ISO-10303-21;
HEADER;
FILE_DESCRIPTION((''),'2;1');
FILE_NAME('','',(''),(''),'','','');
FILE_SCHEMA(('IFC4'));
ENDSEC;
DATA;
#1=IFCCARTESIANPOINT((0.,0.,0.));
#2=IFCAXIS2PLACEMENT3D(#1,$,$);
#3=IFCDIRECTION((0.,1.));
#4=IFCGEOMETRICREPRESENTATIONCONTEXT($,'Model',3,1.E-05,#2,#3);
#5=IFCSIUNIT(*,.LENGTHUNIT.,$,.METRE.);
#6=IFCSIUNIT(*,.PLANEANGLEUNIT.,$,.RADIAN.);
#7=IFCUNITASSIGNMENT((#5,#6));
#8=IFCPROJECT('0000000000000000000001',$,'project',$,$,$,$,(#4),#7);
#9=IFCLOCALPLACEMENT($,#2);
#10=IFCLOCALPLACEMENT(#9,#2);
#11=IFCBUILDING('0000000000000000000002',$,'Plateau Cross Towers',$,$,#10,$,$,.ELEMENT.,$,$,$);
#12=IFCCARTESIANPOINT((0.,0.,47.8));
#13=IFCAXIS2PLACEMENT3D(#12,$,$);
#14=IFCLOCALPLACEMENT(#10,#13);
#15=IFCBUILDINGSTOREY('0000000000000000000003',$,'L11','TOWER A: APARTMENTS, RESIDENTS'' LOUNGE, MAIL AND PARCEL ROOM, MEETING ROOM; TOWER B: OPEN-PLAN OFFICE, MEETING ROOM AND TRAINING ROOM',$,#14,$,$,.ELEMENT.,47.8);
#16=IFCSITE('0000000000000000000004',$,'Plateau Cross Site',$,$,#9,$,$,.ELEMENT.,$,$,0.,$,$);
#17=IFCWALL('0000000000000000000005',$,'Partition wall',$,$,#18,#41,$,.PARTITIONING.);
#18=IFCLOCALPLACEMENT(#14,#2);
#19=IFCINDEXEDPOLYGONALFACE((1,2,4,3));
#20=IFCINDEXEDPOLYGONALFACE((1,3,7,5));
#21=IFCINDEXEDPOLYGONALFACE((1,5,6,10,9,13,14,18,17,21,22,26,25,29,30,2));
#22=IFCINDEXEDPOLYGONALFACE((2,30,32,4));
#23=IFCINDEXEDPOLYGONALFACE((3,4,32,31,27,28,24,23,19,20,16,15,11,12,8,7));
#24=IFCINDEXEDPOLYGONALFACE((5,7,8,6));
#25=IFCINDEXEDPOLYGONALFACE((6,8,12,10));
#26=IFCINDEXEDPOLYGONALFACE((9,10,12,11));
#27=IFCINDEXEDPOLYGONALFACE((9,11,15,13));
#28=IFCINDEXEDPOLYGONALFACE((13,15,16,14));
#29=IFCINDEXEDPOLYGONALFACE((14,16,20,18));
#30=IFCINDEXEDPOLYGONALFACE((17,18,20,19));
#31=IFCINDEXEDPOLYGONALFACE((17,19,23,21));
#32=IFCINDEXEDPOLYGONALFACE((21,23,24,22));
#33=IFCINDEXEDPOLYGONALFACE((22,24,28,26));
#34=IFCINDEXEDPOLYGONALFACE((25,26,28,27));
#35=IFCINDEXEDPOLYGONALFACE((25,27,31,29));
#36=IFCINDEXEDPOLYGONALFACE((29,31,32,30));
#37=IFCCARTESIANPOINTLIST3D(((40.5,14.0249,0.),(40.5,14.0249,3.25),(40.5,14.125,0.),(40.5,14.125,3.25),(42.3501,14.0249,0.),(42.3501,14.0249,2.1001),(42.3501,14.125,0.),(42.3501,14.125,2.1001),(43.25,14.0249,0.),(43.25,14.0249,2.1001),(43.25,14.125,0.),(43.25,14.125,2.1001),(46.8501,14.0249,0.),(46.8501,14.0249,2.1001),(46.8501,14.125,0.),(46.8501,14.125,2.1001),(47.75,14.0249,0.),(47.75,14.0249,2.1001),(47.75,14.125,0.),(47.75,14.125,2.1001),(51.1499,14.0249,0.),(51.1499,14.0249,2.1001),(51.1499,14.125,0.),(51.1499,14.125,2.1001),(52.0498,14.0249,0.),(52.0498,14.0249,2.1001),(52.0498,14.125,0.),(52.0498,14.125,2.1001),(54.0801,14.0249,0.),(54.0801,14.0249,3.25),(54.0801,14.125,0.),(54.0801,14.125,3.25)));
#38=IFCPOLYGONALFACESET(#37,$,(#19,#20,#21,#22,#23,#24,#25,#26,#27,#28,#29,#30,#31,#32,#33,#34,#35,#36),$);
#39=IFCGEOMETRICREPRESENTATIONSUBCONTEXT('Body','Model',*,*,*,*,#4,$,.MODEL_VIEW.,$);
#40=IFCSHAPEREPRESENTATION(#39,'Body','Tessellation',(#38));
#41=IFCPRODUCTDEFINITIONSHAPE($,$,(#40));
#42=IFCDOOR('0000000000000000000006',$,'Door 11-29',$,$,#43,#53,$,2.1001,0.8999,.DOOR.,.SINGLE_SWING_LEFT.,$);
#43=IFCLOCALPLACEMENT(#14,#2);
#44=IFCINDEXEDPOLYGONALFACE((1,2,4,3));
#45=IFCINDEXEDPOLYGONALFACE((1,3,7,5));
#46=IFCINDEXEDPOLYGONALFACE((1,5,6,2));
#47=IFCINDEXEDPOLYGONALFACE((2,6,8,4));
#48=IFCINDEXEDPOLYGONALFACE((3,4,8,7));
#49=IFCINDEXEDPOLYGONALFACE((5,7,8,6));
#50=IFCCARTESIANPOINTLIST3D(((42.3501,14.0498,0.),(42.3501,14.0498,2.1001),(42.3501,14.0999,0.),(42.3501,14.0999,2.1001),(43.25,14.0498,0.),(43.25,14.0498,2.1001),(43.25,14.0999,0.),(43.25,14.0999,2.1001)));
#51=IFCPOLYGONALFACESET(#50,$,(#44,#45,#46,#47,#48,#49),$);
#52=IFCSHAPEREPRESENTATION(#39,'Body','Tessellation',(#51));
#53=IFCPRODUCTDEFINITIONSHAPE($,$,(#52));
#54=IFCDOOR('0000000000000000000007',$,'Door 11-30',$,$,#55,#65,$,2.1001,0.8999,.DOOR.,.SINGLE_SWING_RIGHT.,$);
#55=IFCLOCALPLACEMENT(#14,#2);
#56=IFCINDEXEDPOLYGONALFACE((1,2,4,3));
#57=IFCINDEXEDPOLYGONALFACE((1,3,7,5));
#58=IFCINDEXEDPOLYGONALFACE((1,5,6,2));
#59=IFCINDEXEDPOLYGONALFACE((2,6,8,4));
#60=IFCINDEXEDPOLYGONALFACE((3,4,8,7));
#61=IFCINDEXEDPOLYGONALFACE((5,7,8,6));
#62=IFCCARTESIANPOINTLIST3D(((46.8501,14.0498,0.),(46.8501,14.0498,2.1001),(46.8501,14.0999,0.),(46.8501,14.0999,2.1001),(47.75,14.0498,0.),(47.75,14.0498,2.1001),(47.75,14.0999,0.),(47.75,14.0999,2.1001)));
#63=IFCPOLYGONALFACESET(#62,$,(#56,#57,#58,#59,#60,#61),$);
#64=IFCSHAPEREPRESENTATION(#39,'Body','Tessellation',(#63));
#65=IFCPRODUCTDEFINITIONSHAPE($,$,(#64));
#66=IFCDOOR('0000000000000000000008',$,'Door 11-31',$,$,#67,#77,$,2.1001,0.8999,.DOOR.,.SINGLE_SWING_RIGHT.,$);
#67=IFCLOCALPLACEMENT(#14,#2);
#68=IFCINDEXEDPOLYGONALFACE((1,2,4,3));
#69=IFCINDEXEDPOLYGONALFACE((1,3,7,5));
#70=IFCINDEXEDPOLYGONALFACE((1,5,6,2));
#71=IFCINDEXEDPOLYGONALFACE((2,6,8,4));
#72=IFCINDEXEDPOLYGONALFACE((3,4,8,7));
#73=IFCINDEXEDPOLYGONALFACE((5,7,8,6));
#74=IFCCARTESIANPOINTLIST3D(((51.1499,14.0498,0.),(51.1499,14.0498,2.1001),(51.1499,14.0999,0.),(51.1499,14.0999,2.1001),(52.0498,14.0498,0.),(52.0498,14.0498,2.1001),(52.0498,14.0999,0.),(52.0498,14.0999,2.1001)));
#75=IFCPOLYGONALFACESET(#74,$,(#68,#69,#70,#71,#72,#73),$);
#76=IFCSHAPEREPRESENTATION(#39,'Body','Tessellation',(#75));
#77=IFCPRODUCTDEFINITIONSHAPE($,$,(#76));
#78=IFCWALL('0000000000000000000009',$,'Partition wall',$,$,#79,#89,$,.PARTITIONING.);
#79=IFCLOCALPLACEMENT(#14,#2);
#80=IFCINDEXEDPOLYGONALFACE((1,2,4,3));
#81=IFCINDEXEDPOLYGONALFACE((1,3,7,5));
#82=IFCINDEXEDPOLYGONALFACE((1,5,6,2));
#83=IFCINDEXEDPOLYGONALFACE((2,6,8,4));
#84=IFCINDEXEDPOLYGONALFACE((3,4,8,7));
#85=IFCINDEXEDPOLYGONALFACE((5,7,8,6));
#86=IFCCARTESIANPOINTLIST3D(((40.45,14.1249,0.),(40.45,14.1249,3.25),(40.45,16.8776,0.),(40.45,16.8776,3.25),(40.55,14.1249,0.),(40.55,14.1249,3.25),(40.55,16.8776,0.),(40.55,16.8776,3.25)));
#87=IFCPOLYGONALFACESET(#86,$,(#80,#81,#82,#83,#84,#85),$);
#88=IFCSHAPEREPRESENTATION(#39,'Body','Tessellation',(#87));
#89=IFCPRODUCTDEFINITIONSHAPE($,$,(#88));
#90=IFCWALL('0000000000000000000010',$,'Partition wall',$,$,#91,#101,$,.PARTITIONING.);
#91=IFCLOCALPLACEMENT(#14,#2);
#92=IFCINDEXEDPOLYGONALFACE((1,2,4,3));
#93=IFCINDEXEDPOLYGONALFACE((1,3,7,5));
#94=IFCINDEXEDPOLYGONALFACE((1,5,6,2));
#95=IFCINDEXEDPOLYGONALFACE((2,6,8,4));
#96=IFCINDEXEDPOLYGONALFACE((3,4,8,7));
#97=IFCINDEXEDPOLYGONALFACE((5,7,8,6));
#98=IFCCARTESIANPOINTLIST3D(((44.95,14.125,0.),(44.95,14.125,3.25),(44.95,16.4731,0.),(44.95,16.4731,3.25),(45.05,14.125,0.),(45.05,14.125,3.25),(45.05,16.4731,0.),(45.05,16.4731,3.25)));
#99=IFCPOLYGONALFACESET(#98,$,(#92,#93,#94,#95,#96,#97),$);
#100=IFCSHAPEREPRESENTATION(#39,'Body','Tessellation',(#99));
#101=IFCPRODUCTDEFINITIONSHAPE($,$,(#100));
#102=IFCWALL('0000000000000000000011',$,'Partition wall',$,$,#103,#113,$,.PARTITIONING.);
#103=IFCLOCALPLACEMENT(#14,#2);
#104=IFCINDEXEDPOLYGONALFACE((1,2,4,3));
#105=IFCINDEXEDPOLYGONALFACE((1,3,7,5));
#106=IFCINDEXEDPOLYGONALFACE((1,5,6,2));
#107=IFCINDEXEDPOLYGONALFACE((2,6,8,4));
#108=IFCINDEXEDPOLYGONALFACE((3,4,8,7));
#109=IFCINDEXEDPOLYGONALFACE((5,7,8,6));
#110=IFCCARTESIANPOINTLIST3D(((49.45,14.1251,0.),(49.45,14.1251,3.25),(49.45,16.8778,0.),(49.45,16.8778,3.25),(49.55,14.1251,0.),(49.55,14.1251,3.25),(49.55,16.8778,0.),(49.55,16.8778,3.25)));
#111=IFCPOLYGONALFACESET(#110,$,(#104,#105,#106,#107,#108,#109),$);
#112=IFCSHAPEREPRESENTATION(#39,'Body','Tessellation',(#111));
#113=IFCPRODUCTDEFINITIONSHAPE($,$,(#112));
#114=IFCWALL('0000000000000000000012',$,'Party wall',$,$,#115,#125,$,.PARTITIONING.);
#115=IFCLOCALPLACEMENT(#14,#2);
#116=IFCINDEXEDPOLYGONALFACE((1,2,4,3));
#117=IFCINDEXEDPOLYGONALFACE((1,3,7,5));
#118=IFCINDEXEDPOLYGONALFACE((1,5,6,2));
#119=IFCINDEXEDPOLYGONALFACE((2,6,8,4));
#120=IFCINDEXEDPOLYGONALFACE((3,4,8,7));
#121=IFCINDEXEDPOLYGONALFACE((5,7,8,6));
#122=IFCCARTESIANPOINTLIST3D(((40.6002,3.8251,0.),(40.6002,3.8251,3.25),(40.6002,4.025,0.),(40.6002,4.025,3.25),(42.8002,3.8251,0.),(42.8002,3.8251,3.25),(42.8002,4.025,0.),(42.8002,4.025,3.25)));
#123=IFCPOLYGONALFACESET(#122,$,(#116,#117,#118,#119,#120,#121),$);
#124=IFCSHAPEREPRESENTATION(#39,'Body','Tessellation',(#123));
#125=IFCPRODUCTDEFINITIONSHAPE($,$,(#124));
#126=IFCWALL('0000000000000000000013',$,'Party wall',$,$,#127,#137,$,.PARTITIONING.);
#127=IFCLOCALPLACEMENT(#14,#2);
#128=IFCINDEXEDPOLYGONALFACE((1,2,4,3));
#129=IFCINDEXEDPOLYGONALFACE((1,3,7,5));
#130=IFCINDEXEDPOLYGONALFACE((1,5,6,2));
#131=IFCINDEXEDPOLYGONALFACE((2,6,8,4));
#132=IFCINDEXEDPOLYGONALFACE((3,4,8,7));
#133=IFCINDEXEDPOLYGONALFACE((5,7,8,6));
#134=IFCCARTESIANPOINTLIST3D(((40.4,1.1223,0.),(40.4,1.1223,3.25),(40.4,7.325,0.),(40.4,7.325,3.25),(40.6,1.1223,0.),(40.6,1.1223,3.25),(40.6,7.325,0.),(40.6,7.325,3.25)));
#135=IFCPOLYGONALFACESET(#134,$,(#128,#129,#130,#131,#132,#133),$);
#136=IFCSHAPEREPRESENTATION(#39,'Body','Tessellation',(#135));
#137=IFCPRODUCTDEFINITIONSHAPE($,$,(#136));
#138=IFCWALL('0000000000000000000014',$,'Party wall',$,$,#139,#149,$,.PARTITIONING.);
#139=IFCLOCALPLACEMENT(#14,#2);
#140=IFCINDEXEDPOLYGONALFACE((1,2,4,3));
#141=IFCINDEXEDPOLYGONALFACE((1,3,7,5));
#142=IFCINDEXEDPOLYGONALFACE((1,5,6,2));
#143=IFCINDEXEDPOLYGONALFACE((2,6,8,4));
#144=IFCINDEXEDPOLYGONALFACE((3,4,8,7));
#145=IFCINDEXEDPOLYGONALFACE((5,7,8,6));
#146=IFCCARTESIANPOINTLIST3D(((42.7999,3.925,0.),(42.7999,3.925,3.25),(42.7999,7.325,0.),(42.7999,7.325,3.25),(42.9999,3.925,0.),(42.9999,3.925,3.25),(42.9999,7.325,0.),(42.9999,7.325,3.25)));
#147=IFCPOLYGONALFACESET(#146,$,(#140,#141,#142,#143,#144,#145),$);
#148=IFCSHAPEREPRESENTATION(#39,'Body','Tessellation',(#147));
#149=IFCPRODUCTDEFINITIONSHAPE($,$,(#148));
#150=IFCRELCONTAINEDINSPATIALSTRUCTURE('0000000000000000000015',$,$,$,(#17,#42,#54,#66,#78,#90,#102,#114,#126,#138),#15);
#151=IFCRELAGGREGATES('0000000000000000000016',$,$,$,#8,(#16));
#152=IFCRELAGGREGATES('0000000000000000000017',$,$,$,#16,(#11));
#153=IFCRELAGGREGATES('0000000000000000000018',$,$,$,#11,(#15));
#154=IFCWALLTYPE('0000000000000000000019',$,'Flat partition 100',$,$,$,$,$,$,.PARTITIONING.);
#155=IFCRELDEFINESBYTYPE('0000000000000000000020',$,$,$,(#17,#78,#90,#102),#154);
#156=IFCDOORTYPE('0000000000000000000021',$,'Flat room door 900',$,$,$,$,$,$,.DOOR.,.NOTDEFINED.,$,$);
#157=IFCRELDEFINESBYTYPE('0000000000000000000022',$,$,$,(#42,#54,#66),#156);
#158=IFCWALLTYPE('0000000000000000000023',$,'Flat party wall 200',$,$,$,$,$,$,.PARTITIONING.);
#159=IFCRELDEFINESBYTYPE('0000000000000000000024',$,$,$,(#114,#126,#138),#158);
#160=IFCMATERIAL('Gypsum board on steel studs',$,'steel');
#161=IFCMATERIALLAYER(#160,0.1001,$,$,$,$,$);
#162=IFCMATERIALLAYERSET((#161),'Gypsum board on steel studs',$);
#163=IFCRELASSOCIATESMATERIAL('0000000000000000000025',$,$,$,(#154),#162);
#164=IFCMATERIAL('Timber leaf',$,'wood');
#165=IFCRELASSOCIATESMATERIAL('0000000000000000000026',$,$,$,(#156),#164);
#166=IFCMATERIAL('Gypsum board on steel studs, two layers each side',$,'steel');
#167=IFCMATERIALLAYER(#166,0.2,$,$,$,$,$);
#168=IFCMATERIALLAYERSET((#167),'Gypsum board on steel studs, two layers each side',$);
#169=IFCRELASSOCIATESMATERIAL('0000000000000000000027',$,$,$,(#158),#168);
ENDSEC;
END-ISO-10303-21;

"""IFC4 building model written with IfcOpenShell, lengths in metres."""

from ifc_helpers import new_model, si_unit, direction, frame, frame_2d, origin, place, context, subcontext, project, spatial, rectangle, extrude, material, layer, layer_set, type_object, element, fill, save


model = new_model("IFC4")

# Units and contexts
model_context = context("Model", 3, precision=1e-05, world=origin(), true_north=direction((0.0, 1.0)))
body_context = subcontext(model_context, "Body", "Model", "MODEL_VIEW")
ifc_project = project(units=[si_unit("LENGTHUNIT", "METRE"), si_unit("PLANEANGLEUNIT", "RADIAN")], contexts=[model_context])

# Site, building, storey
site_placement = place(None, origin())
site = spatial("IfcSite", under=ifc_project, at=site_placement, Name="Plateau Cross Site", CompositionType="ELEMENT", RefElevation=0.0)
building_placement = place(site_placement, origin())
building = spatial("IfcBuilding", under=site, at=building_placement, Name="Plateau Cross Towers", CompositionType="ELEMENT")
storey_placement = place(building_placement, frame((0.0, 0.0, 47.8)))
storey = spatial("IfcBuildingStorey", under=building, at=storey_placement, Name="L11", Description="TOWER A: APARTMENTS, RESIDENTS' LOUNGE, MAIL AND PARCEL ROOM, MEETING ROOM; TOWER B: OPEN-PLAN OFFICE, MEETING ROOM AND TRAINING ROOM", CompositionType="ELEMENT", Elevation=47.8)

# Wall, openings, doors
ifc_material_1 = material(Name="Gypsum board on steel studs", Category="steel")
ifc_layer_1 = layer(ifc_material_1, 0.1001)
ifc_layer_set_1 = layer_set([ifc_layer_1], Name="Gypsum board on steel studs")
wall_type_1 = type_object("IfcWallType", Name="Flat partition 100", PredefinedType="PARTITIONING", material=ifc_layer_set_1)
wall_1_placement = place(storey_placement, frame((40.5, 14.075, 0.0), z_axis=(0.0, 0.0, 1.0), x_axis=(1.0, 0.0, 0.0)))
wall_1 = element("IfcWall", 1, at=wall_1_placement, inside=storey, type_object=wall_type_1, Name="Partition wall", PredefinedType="PARTITIONING", context=body_context, shape_type="SweptSolid", body=[
    extrude(rectangle(XDim=13.5801, YDim=0.1001, at=frame_2d((6.79, 0.0))), origin(), (0.0, 0.0, 1.0), 3.25),
])
opening_1_placement = place(wall_1_placement, frame((1.8501, 0.0, 0.0)))
opening_1 = element("IfcOpeningElement", 2, at=opening_1_placement, cuts=wall_1, PredefinedType="OPENING", context=body_context, shape_type="SweptSolid", body=[
    extrude(rectangle(XDim=0.8999, YDim=2.1001, at=frame_2d((0.45, 1.05))), frame((0.0, 0.0601, 0.0), z_axis=(0.0, -1.0, 0.0), x_axis=(1.0, 0.0, 0.0)), (0.0, 0.0, 1.0), 0.1201),
])
opening_2_placement = place(wall_1_placement, frame((6.3501, 0.0, 0.0)))
opening_2 = element("IfcOpeningElement", 3, at=opening_2_placement, cuts=wall_1, PredefinedType="OPENING", context=body_context, shape_type="SweptSolid", body=[
    extrude(rectangle(XDim=0.8999, YDim=2.1001, at=frame_2d((0.45, 1.05))), frame((0.0, 0.0601, 0.0), z_axis=(0.0, -1.0, 0.0), x_axis=(1.0, 0.0, 0.0)), (0.0, 0.0, 1.0), 0.1201),
])
opening_3_placement = place(wall_1_placement, frame((10.6499, 0.0, 0.0)))
opening_3 = element("IfcOpeningElement", 4, at=opening_3_placement, cuts=wall_1, PredefinedType="OPENING", context=body_context, shape_type="SweptSolid", body=[
    extrude(rectangle(XDim=0.8999, YDim=2.1001, at=frame_2d((0.45, 1.05))), frame((0.0, 0.0601, 0.0), z_axis=(0.0, -1.0, 0.0), x_axis=(1.0, 0.0, 0.0)), (0.0, 0.0, 1.0), 0.1201),
])
ifc_material_2 = material(Name="Timber leaf", Category="wood")
door_type_1 = type_object("IfcDoorType", Name="Flat room door 900", OperationType="NOTDEFINED", PredefinedType="DOOR", material=ifc_material_2)
door_1_placement = place(opening_1_placement, origin())
door_1 = element("IfcDoor", 5, at=door_1_placement, inside=storey, type_object=door_type_1, Name="Door 11-29", OperationType="SINGLE_SWING_LEFT", OverallHeight=2.1001, OverallWidth=0.8999, PredefinedType="DOOR", context=body_context, shape_type="SweptSolid", body=[
    extrude(rectangle(XDim=0.8999, YDim=2.1001, at=frame_2d((0.45, 1.05))), frame((0.0, 0.0249, 0.0), z_axis=(0.0, -1.0, 0.0), x_axis=(1.0, 0.0, 0.0)), (0.0, 0.0, 1.0), 0.05),
])
fill(opening_1, door_1)
door_2_placement = place(opening_2_placement, origin())
door_2 = element("IfcDoor", 6, at=door_2_placement, inside=storey, type_object=door_type_1, Name="Door 11-30", OperationType="SINGLE_SWING_RIGHT", OverallHeight=2.1001, OverallWidth=0.8999, PredefinedType="DOOR", context=body_context, shape_type="SweptSolid", body=[
    extrude(rectangle(XDim=0.8999, YDim=2.1001, at=frame_2d((0.45, 1.05))), frame((0.0, 0.0249, 0.0), z_axis=(0.0, -1.0, 0.0), x_axis=(1.0, 0.0, 0.0)), (0.0, 0.0, 1.0), 0.05),
])
fill(opening_2, door_2)
door_3_placement = place(opening_3_placement, origin())
door_3 = element("IfcDoor", 7, at=door_3_placement, inside=storey, type_object=door_type_1, Name="Door 11-31", OperationType="SINGLE_SWING_RIGHT", OverallHeight=2.1001, OverallWidth=0.8999, PredefinedType="DOOR", context=body_context, shape_type="SweptSolid", body=[
    extrude(rectangle(XDim=0.8999, YDim=2.1001, at=frame_2d((0.45, 1.05))), frame((0.0, 0.0249, 0.0), z_axis=(0.0, -1.0, 0.0), x_axis=(1.0, 0.0, 0.0)), (0.0, 0.0, 1.0), 0.05),
])
fill(opening_3, door_3)

# Walls
wall_2_placement = place(storey_placement, frame((40.5, 16.8777, 0.0), z_axis=(0.0, 0.0, 1.0), x_axis=(0.0, -1.0, 0.0)))
element("IfcWall", 8, at=wall_2_placement, inside=storey, type_object=wall_type_1, Name="Partition wall", PredefinedType="PARTITIONING", context=body_context, shape_type="SweptSolid", body=[
    extrude(rectangle(XDim=2.7527, YDim=0.1001, at=frame_2d((1.3765, 0.0))), origin(), (0.0, 0.0, 1.0), 3.25),
])
wall_3_placement = place(storey_placement, frame((45.0, 14.125, 0.0), z_axis=(0.0, 0.0, 1.0), x_axis=(0.0, 1.0, 0.0)))
element("IfcWall", 9, at=wall_3_placement, inside=storey, type_object=wall_type_1, Name="Partition wall", PredefinedType="PARTITIONING", context=body_context, shape_type="SweptSolid", body=[
    extrude(rectangle(XDim=2.3481, YDim=0.1001, at=frame_2d((1.1741, 0.0))), origin(), (0.0, 0.0, 1.0), 3.25),
])
wall_4_placement = place(storey_placement, frame((49.5, 14.125, 0.0), z_axis=(0.0, 0.0, 1.0), x_axis=(0.0, 1.0, 0.0)))
element("IfcWall", 10, at=wall_4_placement, inside=storey, type_object=wall_type_1, Name="Partition wall", PredefinedType="PARTITIONING", context=body_context, shape_type="SweptSolid", body=[
    extrude(rectangle(XDim=2.7527, YDim=0.1001, at=frame_2d((1.3765, 0.0))), origin(), (0.0, 0.0, 1.0), 3.25),
])
ifc_material_3 = material(Name="Gypsum board on steel studs, two layers each side", Category="steel")
ifc_layer_2 = layer(ifc_material_3, 0.2)
ifc_layer_set_2 = layer_set([ifc_layer_2], Name="Gypsum board on steel studs, two layers each side")
wall_type_2 = type_object("IfcWallType", Name="Flat party wall 200", PredefinedType="PARTITIONING", material=ifc_layer_set_2)
wall_5_placement = place(storey_placement, frame((40.6001, 3.925, 0.0), z_axis=(0.0, 0.0, 1.0), x_axis=(1.0, 0.0, 0.0)))
element("IfcWall", 11, at=wall_5_placement, inside=storey, type_object=wall_type_2, Name="Party wall", PredefinedType="PARTITIONING", context=body_context, shape_type="SweptSolid", body=[
    extrude(rectangle(XDim=2.2, YDim=0.2, at=frame_2d((1.1001, 0.0))), origin(), (0.0, 0.0, 1.0), 3.25),
])
wall_6_placement = place(storey_placement, frame((40.5, 1.1223, 0.0), z_axis=(0.0, 0.0, 1.0), x_axis=(0.0, 1.0, 0.0)))
element("IfcWall", 12, at=wall_6_placement, inside=storey, type_object=wall_type_2, Name="Party wall", PredefinedType="PARTITIONING", context=body_context, shape_type="SweptSolid", body=[
    extrude(rectangle(XDim=6.2026, YDim=0.2, at=frame_2d((3.1013, 0.0))), origin(), (0.0, 0.0, 1.0), 3.25),
])
wall_7_placement = place(storey_placement, frame((42.8999, 3.925, 0.0), z_axis=(0.0, 0.0, 1.0), x_axis=(0.0, 1.0, 0.0)))
element("IfcWall", 13, at=wall_7_placement, inside=storey, type_object=wall_type_2, Name="Party wall", PredefinedType="PARTITIONING", context=body_context, shape_type="SweptSolid", body=[
    extrude(rectangle(XDim=3.3999, YDim=0.2, at=frame_2d((1.7, 0.0))), origin(), (0.0, 0.0, 1.0), 3.25),
])

save(model, "model.ifc")
